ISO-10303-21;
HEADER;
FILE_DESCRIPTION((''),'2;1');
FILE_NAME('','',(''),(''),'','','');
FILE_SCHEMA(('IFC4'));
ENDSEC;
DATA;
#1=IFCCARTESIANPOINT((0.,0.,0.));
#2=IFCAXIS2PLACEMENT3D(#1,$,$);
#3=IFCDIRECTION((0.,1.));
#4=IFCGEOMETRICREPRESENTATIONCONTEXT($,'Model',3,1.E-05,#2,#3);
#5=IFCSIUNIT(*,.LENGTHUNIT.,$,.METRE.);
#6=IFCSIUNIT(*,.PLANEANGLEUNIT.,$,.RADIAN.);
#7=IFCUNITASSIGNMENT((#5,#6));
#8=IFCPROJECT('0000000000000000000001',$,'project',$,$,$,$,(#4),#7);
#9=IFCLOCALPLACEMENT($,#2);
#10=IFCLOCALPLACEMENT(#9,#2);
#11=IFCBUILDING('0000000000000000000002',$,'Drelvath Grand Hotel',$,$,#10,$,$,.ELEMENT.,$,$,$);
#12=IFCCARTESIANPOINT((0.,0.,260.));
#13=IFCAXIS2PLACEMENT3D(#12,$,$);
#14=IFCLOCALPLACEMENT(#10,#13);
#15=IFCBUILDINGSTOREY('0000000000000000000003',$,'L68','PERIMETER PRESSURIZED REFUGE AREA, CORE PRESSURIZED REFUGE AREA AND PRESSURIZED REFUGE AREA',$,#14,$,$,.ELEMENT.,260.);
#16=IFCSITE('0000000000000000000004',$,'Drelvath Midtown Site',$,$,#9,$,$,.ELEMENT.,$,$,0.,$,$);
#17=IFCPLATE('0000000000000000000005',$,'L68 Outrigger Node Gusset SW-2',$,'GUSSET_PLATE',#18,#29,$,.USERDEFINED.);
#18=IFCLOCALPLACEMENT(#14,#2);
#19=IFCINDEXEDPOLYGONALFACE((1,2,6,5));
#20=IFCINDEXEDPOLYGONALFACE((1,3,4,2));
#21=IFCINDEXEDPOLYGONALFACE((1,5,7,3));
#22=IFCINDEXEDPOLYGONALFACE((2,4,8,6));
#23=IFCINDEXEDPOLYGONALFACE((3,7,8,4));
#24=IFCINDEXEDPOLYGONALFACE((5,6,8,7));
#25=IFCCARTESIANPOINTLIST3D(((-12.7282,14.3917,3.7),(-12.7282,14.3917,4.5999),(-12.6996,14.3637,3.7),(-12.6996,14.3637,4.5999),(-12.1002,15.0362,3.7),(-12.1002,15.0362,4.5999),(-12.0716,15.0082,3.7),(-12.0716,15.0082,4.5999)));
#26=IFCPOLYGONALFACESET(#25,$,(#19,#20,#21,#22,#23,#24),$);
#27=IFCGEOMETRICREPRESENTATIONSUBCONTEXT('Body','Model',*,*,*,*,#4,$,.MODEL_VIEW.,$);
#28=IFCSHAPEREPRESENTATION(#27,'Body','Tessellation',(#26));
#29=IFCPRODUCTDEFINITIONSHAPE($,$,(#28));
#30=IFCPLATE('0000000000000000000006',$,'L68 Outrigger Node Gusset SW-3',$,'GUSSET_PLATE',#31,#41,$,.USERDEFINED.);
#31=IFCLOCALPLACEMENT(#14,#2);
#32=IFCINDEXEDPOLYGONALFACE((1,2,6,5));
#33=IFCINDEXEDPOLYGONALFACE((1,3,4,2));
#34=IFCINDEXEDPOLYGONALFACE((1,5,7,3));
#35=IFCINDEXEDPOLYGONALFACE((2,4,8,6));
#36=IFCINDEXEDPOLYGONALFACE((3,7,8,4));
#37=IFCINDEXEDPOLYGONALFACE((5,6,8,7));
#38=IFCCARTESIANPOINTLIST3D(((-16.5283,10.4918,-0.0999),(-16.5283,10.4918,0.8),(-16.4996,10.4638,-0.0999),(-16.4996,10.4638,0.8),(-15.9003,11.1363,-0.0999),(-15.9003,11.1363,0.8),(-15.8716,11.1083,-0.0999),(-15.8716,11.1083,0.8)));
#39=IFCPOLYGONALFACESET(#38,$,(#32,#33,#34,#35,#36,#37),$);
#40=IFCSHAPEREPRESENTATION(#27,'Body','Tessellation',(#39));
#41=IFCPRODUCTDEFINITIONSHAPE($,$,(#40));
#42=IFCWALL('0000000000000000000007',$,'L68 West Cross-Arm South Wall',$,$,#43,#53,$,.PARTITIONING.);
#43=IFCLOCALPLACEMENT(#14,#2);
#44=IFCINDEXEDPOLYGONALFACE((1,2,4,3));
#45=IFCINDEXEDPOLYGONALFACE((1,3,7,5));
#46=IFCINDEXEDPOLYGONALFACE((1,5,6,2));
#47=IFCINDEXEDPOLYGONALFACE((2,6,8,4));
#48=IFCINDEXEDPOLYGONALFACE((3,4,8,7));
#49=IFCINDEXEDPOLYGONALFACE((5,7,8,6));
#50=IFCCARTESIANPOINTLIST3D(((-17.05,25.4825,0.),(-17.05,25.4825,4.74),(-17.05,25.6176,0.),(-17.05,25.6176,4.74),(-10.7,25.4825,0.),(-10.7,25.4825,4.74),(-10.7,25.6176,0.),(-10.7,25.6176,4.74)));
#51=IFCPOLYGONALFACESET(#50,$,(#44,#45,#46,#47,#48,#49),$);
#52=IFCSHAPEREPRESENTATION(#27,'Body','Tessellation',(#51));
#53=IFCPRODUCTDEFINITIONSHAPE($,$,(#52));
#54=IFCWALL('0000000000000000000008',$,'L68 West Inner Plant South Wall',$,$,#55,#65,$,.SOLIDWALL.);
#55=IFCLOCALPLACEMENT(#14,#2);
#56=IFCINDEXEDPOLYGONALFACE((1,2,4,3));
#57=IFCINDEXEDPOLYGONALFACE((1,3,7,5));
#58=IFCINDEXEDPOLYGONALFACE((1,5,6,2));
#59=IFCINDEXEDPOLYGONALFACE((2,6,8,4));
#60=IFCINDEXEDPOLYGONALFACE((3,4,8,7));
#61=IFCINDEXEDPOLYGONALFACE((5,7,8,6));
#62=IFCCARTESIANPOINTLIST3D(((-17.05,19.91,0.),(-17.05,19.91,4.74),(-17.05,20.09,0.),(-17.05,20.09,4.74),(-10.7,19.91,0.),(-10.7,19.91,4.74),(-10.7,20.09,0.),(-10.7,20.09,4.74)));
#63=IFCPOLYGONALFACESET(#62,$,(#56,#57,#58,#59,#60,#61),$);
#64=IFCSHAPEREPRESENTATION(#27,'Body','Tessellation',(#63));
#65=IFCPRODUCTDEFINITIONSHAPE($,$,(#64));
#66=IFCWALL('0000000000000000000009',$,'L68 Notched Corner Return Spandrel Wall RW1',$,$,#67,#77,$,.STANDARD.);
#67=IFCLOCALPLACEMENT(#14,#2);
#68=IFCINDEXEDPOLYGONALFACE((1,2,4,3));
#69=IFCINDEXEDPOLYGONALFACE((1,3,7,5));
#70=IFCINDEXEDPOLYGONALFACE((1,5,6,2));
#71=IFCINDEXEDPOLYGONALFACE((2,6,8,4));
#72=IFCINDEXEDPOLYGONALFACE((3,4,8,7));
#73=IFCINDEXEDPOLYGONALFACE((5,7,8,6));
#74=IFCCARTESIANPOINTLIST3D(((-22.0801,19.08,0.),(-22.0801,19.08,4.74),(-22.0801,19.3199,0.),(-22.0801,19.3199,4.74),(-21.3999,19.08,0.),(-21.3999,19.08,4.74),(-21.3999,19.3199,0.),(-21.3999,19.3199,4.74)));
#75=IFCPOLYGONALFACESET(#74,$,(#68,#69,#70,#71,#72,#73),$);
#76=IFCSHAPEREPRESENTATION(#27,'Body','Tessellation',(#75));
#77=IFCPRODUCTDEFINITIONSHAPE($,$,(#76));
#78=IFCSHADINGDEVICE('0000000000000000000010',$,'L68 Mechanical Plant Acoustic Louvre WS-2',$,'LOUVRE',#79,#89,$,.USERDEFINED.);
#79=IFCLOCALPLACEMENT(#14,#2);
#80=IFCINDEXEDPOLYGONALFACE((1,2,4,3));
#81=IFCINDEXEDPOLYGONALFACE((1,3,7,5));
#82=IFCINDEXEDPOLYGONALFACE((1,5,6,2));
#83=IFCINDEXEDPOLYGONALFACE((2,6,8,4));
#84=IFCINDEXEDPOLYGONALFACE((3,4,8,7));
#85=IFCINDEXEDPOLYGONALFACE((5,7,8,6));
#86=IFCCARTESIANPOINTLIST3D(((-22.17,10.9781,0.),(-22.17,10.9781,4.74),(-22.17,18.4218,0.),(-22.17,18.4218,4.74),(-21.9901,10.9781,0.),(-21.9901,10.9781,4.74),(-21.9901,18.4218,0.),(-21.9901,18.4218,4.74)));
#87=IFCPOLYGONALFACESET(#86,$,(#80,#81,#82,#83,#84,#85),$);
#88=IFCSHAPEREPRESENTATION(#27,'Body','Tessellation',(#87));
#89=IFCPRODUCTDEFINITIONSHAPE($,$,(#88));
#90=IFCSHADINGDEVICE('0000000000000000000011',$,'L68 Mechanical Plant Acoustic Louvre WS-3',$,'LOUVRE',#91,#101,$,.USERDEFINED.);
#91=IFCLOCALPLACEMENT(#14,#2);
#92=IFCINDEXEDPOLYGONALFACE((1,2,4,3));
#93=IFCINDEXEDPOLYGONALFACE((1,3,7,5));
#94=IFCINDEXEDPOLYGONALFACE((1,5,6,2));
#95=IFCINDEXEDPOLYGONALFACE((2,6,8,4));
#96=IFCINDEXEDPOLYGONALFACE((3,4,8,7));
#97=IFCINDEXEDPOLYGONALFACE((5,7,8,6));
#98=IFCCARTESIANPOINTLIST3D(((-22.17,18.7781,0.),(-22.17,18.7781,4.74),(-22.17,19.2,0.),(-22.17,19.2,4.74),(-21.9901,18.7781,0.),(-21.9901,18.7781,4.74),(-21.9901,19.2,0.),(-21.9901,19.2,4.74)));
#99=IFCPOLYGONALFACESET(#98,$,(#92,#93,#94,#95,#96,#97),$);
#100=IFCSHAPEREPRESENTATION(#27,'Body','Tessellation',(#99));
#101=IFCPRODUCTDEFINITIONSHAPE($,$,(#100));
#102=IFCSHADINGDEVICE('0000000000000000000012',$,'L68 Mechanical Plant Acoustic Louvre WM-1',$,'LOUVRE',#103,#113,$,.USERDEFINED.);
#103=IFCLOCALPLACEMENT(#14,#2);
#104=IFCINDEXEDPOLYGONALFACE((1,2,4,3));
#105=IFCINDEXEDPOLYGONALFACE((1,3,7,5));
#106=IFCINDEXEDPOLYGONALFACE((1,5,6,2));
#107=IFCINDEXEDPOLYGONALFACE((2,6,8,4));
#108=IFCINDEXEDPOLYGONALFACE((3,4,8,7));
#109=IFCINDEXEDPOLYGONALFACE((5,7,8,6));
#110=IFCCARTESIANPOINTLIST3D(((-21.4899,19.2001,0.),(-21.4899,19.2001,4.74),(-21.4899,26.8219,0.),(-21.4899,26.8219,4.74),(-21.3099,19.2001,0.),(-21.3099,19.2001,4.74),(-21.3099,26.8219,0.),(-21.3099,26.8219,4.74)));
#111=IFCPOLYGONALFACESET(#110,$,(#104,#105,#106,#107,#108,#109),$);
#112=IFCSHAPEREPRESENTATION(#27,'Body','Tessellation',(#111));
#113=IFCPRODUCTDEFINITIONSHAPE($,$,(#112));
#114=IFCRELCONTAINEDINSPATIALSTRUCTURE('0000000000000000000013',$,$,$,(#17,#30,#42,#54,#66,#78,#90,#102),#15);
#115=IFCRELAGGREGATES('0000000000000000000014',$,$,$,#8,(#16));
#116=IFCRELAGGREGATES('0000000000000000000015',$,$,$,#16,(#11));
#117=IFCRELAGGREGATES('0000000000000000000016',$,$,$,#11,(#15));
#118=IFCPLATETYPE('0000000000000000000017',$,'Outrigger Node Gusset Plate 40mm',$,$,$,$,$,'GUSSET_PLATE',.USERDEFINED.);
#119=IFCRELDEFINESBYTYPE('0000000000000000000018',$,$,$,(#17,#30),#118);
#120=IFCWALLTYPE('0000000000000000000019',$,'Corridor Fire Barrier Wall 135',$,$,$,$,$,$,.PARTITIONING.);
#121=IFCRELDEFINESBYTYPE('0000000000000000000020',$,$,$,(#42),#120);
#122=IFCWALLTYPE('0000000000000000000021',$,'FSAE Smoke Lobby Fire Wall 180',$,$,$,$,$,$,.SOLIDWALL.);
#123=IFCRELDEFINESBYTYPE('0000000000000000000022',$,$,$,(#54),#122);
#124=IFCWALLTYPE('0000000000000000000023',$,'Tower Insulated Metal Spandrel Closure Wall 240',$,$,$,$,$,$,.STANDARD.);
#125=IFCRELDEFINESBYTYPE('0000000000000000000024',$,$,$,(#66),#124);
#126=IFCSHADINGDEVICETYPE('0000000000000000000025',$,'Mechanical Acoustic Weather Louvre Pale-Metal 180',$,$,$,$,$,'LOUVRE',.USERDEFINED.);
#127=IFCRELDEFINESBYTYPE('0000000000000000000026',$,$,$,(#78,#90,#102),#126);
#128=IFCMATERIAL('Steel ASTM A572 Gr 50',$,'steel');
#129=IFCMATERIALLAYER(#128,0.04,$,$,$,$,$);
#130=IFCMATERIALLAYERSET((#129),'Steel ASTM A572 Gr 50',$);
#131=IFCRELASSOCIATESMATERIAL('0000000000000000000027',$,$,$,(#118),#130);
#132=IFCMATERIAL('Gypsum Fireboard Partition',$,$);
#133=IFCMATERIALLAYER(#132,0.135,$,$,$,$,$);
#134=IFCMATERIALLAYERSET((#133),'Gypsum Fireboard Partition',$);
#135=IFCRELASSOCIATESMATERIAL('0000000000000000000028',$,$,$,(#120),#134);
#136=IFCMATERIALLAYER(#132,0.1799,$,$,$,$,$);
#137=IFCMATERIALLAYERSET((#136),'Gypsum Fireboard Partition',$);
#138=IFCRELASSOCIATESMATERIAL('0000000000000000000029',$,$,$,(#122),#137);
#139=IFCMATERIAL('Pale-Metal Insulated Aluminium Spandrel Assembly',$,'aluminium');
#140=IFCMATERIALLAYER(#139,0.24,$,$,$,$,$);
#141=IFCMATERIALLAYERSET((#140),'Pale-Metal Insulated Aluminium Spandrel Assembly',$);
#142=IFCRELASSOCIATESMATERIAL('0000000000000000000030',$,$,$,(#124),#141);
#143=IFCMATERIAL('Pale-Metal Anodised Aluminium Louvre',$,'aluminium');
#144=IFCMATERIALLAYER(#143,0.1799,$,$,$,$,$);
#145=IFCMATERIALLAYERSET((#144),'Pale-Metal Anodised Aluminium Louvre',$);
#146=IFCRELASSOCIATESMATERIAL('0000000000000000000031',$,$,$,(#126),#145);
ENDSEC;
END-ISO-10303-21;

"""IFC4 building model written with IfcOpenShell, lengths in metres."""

from ifc_helpers import new_model, si_unit, direction, frame, frame_2d, origin, origin_2d, place, context, subcontext, project, spatial, rectangle, extrude, material, layer, layer_set, type_object, element, save


model = new_model("IFC4")

# Units and contexts
model_context = context("Model", 3, precision=1e-05, world=origin(), true_north=direction((0.0, 1.0)))
body_context = subcontext(model_context, "Body", "Model", "MODEL_VIEW")
ifc_project = project(units=[si_unit("LENGTHUNIT", "METRE"), si_unit("PLANEANGLEUNIT", "RADIAN")], contexts=[model_context])

# Site, building, storey
site_placement = place(None, origin())
site = spatial("IfcSite", under=ifc_project, at=site_placement, Name="Drelvath Midtown Site", CompositionType="ELEMENT", RefElevation=0.0)
building_placement = place(site_placement, origin())
building = spatial("IfcBuilding", under=site, at=building_placement, Name="Drelvath Grand Hotel", CompositionType="ELEMENT")
storey_placement = place(building_placement, frame((0.0, 0.0, 260.0)))
storey = spatial("IfcBuildingStorey", under=building, at=storey_placement, Name="L68", Description="PERIMETER PRESSURIZED REFUGE AREA, CORE PRESSURIZED REFUGE AREA AND PRESSURIZED REFUGE AREA", CompositionType="ELEMENT", Elevation=260.0)

# Shared definitions
ifc_material_1 = material(Name="Steel ASTM A572 Gr 50", Category="steel")

# Plates
ifc_layer_1 = layer(ifc_material_1, 0.04)
ifc_layer_set_1 = layer_set([ifc_layer_1], Name="Steel ASTM A572 Gr 50")
plate_type_1 = type_object("IfcPlateType", Name="Outrigger Node Gusset Plate 40mm", ElementType="GUSSET_PLATE", PredefinedType="USERDEFINED", material=ifc_layer_set_1)
for number, where, z_axis, x_axis, name in (
    (1, (-12.3999, 14.7, 3.7), (0.0, 0.0, 1.0), (-0.697865, -0.71623, 0.0), "L68 Outrigger Node Gusset SW-2"),
    (2, (-16.2, 10.8, -0.0999), (0.0, 0.0, 1.0), (-0.697865, -0.71623, 0.0), "L68 Outrigger Node Gusset SW-3"),
):
    element("IfcPlate", number, at=place(storey_placement, frame(where, z_axis=z_axis, x_axis=x_axis)), inside=storey, type_object=plate_type_1, Name=name, ObjectType="GUSSET_PLATE", PredefinedType="USERDEFINED", context=body_context, shape_type="SweptSolid", body=[
        extrude(rectangle(XDim=0.8999, YDim=0.04, at=origin_2d()), origin(), (0.0, 0.0, 1.0), 0.8999),
    ])

# Walls
ifc_material_2 = material(Name="Gypsum Fireboard Partition")
ifc_layer_2 = layer(ifc_material_2, 0.135)
ifc_layer_set_2 = layer_set([ifc_layer_2], Name="Gypsum Fireboard Partition")
wall_type_1 = type_object("IfcWallType", Name="Corridor Fire Barrier Wall 135", PredefinedType="PARTITIONING", material=ifc_layer_set_2)
wall_1_placement = place(storey_placement, frame((-17.05, 25.55, 0.0), z_axis=(0.0, 0.0, 1.0), x_axis=(1.0, 0.0, 0.0)))
element("IfcWall", 3, at=wall_1_placement, inside=storey, type_object=wall_type_1, Name="L68 West Cross-Arm South Wall", PredefinedType="PARTITIONING", context=body_context, shape_type="SweptSolid", body=[
    extrude(rectangle(XDim=6.3501, YDim=0.135, at=frame_2d((3.175, 0.0))), origin(), (0.0, 0.0, 1.0), 4.74),
])
ifc_layer_3 = layer(ifc_material_2, 0.1799)
ifc_layer_set_3 = layer_set([ifc_layer_3], Name="Gypsum Fireboard Partition")
wall_type_2 = type_object("IfcWallType", Name="FSAE Smoke Lobby Fire Wall 180", PredefinedType="SOLIDWALL", material=ifc_layer_set_3)
wall_2_placement = place(storey_placement, frame((-17.05, 20.0, 0.0), z_axis=(0.0, 0.0, 1.0), x_axis=(1.0, 0.0, 0.0)))
element("IfcWall", 4, at=wall_2_placement, inside=storey, type_object=wall_type_2, Name="L68 West Inner Plant South Wall", PredefinedType="SOLIDWALL", context=body_context, shape_type="SweptSolid", body=[
    extrude(rectangle(XDim=6.3501, YDim=0.1799, at=frame_2d((3.175, 0.0))), origin(), (0.0, 0.0, 1.0), 4.74),
])
ifc_material_3 = material(Name="Pale-Metal Insulated Aluminium Spandrel Assembly", Category="aluminium")
ifc_layer_4 = layer(ifc_material_3, 0.24)
ifc_layer_set_4 = layer_set([ifc_layer_4], Name="Pale-Metal Insulated Aluminium Spandrel Assembly")
wall_type_3 = type_object("IfcWallType", Name="Tower Insulated Metal Spandrel Closure Wall 240", PredefinedType="STANDARD", material=ifc_layer_set_4)
wall_3_placement = place(storey_placement, frame((-22.0801, 19.2, 0.0), z_axis=(0.0, 0.0, 1.0), x_axis=(1.0, 0.0, 0.0)))
element("IfcWall", 5, at=wall_3_placement, inside=storey, type_object=wall_type_3, Name="L68 Notched Corner Return Spandrel Wall RW1", PredefinedType="STANDARD", context=body_context, shape_type="SweptSolid", body=[
    extrude(rectangle(XDim=0.6802, YDim=0.24, at=frame_2d((0.3401, 0.0))), origin(), (0.0, 0.0, 1.0), 4.74),
])

# Shading devices
ifc_material_4 = material(Name="Pale-Metal Anodised Aluminium Louvre", Category="aluminium")
ifc_layer_5 = layer(ifc_material_4, 0.1799)
ifc_layer_set_5 = layer_set([ifc_layer_5], Name="Pale-Metal Anodised Aluminium Louvre")
shading_device_type = type_object("IfcShadingDeviceType", Name="Mechanical Acoustic Weather Louvre Pale-Metal 180", ElementType="LOUVRE", PredefinedType="USERDEFINED", material=ifc_layer_set_5)
shading_device_1_placement = place(storey_placement, frame((-22.0801, 14.7, 0.0), z_axis=(0.0, 0.0, 1.0), x_axis=(0.0, 1.0, 0.0)))
element("IfcShadingDevice", 6, at=shading_device_1_placement, inside=storey, type_object=shading_device_type, Name="L68 Mechanical Plant Acoustic Louvre WS-2", ObjectType="LOUVRE", PredefinedType="USERDEFINED", context=body_context, shape_type="SweptSolid", body=[
    extrude(rectangle(XDim=7.4436, YDim=0.1799, at=origin_2d()), origin(), (0.0, 0.0, 1.0), 4.74),
])
shading_device_2_placement = place(storey_placement, frame((-22.0801, 18.989, 0.0), z_axis=(0.0, 0.0, 1.0), x_axis=(0.0, 1.0, 0.0)))
element("IfcShadingDevice", 7, at=shading_device_2_placement, inside=storey, type_object=shading_device_type, Name="L68 Mechanical Plant Acoustic Louvre WS-3", ObjectType="LOUVRE", PredefinedType="USERDEFINED", context=body_context, shape_type="SweptSolid", body=[
    extrude(rectangle(XDim=0.4219, YDim=0.1799, at=origin_2d()), origin(), (0.0, 0.0, 1.0), 4.74),
])
shading_device_3_placement = place(storey_placement, frame((-21.3999, 23.011, 0.0), z_axis=(0.0, 0.0, 1.0), x_axis=(0.0, 1.0, 0.0)))
element("IfcShadingDevice", 8, at=shading_device_3_placement, inside=storey, type_object=shading_device_type, Name="L68 Mechanical Plant Acoustic Louvre WM-1", ObjectType="LOUVRE", PredefinedType="USERDEFINED", context=body_context, shape_type="SweptSolid", body=[
    extrude(rectangle(XDim=7.6218, YDim=0.1799, at=origin_2d()), origin(), (0.0, 0.0, 1.0), 4.74),
])

save(model, "model.ifc")
